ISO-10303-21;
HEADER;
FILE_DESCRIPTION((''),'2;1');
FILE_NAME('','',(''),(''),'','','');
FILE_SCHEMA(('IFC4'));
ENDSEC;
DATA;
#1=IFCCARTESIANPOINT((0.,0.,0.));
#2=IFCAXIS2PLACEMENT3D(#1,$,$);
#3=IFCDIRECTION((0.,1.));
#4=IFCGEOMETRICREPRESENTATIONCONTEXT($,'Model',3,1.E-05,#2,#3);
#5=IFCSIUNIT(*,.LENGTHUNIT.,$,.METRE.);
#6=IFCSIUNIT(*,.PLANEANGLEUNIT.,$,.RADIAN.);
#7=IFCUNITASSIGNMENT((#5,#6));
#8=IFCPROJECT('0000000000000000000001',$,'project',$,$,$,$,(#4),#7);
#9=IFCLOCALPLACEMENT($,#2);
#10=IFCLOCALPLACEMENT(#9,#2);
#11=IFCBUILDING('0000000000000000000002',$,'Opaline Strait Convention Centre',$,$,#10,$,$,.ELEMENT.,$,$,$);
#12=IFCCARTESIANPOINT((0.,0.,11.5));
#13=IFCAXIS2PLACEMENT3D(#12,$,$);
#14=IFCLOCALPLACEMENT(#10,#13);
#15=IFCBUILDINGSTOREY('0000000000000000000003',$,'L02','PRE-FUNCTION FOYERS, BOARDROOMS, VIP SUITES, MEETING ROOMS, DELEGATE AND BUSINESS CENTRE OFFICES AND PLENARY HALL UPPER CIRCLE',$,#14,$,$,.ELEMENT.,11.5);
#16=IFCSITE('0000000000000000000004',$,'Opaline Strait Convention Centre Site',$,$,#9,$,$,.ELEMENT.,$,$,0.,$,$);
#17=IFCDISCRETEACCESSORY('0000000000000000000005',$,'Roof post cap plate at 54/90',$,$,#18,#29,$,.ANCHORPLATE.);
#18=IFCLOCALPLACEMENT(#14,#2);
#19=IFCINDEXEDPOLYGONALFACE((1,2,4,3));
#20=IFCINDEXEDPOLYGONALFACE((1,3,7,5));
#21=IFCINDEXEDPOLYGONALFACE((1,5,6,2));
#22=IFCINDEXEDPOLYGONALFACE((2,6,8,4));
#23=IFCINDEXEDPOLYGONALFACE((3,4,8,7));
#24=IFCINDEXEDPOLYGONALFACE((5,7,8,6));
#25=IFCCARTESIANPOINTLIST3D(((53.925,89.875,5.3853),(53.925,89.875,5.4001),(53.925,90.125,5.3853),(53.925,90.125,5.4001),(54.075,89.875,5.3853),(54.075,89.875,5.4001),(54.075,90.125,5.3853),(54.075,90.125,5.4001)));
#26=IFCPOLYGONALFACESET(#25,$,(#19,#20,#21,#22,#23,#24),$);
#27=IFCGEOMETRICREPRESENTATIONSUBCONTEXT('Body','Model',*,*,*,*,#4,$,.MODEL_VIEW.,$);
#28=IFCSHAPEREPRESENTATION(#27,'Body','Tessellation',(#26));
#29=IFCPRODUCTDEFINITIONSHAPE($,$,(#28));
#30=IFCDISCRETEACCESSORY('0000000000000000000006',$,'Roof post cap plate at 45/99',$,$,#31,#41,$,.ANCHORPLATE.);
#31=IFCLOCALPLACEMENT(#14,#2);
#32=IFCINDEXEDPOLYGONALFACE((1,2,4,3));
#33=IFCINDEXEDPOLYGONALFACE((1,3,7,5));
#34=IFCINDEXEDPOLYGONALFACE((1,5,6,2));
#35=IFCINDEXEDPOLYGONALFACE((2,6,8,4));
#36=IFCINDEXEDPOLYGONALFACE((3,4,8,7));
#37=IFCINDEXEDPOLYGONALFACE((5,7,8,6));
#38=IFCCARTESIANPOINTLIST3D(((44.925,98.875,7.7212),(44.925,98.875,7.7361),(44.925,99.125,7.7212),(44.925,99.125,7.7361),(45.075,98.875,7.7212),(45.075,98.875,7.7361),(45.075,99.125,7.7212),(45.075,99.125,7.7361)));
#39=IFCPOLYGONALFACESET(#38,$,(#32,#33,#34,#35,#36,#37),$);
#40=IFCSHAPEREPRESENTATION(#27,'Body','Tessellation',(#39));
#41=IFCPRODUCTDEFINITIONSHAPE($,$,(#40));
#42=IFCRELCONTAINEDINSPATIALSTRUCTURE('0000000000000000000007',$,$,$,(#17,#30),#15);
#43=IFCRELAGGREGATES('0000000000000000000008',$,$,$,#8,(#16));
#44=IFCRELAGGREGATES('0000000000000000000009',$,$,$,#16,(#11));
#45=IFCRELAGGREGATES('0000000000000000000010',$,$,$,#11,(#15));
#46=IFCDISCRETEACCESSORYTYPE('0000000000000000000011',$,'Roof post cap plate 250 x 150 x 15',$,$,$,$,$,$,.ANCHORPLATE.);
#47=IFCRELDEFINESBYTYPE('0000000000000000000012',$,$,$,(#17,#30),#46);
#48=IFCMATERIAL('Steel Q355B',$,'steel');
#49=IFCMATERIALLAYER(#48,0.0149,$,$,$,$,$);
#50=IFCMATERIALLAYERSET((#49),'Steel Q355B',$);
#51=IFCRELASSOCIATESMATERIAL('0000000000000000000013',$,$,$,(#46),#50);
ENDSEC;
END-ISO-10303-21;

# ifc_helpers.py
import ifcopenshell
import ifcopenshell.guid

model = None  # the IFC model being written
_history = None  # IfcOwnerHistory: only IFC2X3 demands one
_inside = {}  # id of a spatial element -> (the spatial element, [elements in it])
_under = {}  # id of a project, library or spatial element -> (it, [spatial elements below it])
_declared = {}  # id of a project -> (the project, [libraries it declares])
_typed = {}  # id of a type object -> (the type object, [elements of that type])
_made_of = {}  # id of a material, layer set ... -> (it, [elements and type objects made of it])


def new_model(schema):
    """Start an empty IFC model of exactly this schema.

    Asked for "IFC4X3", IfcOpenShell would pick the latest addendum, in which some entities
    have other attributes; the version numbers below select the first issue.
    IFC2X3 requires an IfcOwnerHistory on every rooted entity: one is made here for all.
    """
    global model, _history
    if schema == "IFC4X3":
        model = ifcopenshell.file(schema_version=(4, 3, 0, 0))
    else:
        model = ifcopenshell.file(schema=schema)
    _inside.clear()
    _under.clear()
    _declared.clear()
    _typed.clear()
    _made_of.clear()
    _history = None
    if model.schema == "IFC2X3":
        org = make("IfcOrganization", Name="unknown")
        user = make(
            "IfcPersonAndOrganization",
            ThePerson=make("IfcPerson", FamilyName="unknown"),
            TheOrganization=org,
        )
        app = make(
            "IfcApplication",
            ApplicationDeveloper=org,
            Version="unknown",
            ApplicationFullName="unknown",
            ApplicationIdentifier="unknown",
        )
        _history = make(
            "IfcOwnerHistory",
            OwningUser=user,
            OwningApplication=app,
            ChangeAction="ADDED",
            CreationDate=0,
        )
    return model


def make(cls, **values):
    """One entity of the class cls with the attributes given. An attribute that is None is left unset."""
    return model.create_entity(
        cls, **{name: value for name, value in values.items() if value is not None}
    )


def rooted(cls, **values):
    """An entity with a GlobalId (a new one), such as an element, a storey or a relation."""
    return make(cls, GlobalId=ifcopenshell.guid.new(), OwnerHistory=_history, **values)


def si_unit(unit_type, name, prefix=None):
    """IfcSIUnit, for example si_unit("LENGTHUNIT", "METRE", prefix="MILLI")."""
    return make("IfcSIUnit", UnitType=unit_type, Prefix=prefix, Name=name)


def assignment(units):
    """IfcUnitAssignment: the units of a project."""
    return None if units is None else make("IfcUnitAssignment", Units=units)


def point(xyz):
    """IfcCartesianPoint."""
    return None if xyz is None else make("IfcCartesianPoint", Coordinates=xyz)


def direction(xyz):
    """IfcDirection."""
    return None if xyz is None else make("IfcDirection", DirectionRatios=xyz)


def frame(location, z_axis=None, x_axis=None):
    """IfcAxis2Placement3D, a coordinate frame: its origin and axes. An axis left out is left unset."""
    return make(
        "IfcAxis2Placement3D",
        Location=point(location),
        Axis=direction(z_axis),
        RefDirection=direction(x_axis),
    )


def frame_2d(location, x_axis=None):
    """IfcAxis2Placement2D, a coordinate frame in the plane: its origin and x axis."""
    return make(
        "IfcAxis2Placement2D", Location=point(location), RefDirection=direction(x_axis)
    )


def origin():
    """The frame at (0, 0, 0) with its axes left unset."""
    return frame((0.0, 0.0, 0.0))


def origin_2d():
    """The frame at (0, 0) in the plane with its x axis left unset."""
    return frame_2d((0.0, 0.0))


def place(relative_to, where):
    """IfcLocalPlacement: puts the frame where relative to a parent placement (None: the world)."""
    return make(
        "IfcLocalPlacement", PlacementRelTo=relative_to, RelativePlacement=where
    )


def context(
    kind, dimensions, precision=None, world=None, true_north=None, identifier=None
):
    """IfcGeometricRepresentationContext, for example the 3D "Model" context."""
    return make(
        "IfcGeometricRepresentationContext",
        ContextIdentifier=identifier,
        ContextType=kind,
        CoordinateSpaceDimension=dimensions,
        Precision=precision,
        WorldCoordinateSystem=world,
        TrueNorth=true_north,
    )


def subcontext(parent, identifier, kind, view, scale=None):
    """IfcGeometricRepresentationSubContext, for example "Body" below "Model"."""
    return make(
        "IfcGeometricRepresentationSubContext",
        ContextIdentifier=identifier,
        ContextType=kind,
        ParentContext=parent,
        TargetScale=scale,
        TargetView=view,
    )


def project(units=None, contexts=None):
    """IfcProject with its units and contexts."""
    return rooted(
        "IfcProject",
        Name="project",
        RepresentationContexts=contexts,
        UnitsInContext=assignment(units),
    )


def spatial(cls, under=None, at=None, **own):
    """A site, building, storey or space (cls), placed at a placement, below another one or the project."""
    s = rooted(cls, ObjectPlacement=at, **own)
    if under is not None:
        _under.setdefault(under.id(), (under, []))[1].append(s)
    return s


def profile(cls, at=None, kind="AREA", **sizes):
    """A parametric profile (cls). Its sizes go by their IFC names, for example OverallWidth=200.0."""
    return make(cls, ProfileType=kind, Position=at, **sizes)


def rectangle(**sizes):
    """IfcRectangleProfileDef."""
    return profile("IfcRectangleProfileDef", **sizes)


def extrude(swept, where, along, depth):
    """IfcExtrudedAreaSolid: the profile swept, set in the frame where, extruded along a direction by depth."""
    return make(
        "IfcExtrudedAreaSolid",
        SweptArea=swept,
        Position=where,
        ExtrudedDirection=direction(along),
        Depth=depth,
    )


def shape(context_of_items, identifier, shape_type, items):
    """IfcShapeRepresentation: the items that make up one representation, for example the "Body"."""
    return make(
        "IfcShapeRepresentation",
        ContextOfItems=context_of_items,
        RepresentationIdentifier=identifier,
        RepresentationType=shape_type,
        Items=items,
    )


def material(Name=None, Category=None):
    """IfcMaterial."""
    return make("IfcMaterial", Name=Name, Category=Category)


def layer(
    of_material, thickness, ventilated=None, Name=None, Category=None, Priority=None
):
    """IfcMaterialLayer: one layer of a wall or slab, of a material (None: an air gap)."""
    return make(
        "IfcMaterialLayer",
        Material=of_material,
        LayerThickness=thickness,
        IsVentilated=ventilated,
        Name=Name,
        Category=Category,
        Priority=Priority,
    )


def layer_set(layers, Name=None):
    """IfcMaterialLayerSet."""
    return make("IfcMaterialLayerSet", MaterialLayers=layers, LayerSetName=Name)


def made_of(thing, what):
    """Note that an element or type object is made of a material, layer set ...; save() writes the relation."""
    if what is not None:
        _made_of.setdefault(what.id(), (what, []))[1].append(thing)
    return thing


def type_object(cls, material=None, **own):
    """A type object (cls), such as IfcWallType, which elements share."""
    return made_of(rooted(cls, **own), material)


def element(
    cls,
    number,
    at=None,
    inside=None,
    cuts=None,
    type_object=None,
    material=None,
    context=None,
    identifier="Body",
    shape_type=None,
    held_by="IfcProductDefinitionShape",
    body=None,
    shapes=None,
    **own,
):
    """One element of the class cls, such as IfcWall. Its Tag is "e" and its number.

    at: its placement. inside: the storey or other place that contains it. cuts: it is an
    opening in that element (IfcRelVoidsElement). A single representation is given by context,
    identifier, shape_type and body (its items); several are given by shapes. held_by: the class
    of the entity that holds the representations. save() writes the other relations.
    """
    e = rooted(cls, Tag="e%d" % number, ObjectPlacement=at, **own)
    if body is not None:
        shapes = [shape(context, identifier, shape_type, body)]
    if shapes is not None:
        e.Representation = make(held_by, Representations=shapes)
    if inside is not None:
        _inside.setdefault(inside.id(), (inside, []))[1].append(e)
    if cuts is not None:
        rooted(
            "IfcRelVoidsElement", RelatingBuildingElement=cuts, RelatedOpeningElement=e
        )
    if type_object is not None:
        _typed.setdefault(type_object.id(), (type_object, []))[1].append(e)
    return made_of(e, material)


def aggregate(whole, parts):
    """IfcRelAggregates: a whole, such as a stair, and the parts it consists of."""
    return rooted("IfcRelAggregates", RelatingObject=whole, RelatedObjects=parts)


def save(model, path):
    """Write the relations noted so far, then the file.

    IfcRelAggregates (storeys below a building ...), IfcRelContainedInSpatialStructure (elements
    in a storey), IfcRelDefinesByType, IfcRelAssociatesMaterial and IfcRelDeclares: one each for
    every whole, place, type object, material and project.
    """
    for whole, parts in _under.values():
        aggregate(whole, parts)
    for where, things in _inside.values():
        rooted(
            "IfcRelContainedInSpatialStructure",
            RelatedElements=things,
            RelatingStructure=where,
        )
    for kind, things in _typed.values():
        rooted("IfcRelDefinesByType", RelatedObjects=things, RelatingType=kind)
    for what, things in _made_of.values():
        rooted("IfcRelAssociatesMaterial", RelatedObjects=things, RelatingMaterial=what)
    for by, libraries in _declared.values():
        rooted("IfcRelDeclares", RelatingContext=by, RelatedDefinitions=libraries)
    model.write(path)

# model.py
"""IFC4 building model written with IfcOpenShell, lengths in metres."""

from ifc_helpers import new_model, si_unit, direction, frame, origin, origin_2d, place, context, subcontext, project, spatial, rectangle, extrude, material, layer, layer_set, type_object, element, save


model = new_model("IFC4")

# Units and contexts
model_context = context("Model", 3, precision=1e-05, world=origin(), true_north=direction((0.0, 1.0)))
body_context = subcontext(model_context, "Body", "Model", "MODEL_VIEW")
ifc_project = project(units=[si_unit("LENGTHUNIT", "METRE"), si_unit("PLANEANGLEUNIT", "RADIAN")], contexts=[model_context])

# Site, building, storey
site_placement = place(None, origin())
site = spatial("IfcSite", under=ifc_project, at=site_placement, Name="Opaline Strait Convention Centre Site", CompositionType="ELEMENT", RefElevation=0.0)
building_placement = place(site_placement, origin())
building = spatial("IfcBuilding", under=site, at=building_placement, Name="Opaline Strait Convention Centre", CompositionType="ELEMENT")
storey_placement = place(building_placement, frame((0.0, 0.0, 11.5)))
storey = spatial("IfcBuildingStorey", under=building, at=storey_placement, Name="L02", Description="PRE-FUNCTION FOYERS, BOARDROOMS, VIP SUITES, MEETING ROOMS, DELEGATE AND BUSINESS CENTRE OFFICES AND PLENARY HALL UPPER CIRCLE", CompositionType="ELEMENT", Elevation=11.5)

# Shared definitions
ifc_material_1 = material(Name="Steel Q355B", Category="steel")

# Discrete accessories
ifc_layer_1 = layer(ifc_material_1, 0.0149)
ifc_layer_set_1 = layer_set([ifc_layer_1], Name="Steel Q355B")
discrete_accessory_type_1 = type_object("IfcDiscreteAccessoryType", Name="Roof post cap plate 250 x 150 x 15", PredefinedType="ANCHORPLATE", material=ifc_layer_set_1)
for number, where, z_axis, x_axis, name in (
    (1, (54.0, 90.0, 5.3853), (0.0, 0.0, 1.0), (1.0, 0.0, 0.0), "Roof post cap plate at 54/90"),
    (2, (45.0, 99.0, 7.7212), (0.0, 0.0, 1.0), (1.0, 0.0, 0.0), "Roof post cap plate at 45/99"),
):
    element("IfcDiscreteAccessory", number, at=place(storey_placement, frame(where, z_axis=z_axis, x_axis=x_axis)), inside=storey, type_object=discrete_accessory_type_1, Name=name, PredefinedType="ANCHORPLATE", context=body_context, shape_type="SweptSolid", body=[
        extrude(rectangle(XDim=0.1499, YDim=0.25, at=origin_2d()), origin(), (0.0, 0.0, 1.0), 0.0149),
    ])

save(model, "model.ifc")
